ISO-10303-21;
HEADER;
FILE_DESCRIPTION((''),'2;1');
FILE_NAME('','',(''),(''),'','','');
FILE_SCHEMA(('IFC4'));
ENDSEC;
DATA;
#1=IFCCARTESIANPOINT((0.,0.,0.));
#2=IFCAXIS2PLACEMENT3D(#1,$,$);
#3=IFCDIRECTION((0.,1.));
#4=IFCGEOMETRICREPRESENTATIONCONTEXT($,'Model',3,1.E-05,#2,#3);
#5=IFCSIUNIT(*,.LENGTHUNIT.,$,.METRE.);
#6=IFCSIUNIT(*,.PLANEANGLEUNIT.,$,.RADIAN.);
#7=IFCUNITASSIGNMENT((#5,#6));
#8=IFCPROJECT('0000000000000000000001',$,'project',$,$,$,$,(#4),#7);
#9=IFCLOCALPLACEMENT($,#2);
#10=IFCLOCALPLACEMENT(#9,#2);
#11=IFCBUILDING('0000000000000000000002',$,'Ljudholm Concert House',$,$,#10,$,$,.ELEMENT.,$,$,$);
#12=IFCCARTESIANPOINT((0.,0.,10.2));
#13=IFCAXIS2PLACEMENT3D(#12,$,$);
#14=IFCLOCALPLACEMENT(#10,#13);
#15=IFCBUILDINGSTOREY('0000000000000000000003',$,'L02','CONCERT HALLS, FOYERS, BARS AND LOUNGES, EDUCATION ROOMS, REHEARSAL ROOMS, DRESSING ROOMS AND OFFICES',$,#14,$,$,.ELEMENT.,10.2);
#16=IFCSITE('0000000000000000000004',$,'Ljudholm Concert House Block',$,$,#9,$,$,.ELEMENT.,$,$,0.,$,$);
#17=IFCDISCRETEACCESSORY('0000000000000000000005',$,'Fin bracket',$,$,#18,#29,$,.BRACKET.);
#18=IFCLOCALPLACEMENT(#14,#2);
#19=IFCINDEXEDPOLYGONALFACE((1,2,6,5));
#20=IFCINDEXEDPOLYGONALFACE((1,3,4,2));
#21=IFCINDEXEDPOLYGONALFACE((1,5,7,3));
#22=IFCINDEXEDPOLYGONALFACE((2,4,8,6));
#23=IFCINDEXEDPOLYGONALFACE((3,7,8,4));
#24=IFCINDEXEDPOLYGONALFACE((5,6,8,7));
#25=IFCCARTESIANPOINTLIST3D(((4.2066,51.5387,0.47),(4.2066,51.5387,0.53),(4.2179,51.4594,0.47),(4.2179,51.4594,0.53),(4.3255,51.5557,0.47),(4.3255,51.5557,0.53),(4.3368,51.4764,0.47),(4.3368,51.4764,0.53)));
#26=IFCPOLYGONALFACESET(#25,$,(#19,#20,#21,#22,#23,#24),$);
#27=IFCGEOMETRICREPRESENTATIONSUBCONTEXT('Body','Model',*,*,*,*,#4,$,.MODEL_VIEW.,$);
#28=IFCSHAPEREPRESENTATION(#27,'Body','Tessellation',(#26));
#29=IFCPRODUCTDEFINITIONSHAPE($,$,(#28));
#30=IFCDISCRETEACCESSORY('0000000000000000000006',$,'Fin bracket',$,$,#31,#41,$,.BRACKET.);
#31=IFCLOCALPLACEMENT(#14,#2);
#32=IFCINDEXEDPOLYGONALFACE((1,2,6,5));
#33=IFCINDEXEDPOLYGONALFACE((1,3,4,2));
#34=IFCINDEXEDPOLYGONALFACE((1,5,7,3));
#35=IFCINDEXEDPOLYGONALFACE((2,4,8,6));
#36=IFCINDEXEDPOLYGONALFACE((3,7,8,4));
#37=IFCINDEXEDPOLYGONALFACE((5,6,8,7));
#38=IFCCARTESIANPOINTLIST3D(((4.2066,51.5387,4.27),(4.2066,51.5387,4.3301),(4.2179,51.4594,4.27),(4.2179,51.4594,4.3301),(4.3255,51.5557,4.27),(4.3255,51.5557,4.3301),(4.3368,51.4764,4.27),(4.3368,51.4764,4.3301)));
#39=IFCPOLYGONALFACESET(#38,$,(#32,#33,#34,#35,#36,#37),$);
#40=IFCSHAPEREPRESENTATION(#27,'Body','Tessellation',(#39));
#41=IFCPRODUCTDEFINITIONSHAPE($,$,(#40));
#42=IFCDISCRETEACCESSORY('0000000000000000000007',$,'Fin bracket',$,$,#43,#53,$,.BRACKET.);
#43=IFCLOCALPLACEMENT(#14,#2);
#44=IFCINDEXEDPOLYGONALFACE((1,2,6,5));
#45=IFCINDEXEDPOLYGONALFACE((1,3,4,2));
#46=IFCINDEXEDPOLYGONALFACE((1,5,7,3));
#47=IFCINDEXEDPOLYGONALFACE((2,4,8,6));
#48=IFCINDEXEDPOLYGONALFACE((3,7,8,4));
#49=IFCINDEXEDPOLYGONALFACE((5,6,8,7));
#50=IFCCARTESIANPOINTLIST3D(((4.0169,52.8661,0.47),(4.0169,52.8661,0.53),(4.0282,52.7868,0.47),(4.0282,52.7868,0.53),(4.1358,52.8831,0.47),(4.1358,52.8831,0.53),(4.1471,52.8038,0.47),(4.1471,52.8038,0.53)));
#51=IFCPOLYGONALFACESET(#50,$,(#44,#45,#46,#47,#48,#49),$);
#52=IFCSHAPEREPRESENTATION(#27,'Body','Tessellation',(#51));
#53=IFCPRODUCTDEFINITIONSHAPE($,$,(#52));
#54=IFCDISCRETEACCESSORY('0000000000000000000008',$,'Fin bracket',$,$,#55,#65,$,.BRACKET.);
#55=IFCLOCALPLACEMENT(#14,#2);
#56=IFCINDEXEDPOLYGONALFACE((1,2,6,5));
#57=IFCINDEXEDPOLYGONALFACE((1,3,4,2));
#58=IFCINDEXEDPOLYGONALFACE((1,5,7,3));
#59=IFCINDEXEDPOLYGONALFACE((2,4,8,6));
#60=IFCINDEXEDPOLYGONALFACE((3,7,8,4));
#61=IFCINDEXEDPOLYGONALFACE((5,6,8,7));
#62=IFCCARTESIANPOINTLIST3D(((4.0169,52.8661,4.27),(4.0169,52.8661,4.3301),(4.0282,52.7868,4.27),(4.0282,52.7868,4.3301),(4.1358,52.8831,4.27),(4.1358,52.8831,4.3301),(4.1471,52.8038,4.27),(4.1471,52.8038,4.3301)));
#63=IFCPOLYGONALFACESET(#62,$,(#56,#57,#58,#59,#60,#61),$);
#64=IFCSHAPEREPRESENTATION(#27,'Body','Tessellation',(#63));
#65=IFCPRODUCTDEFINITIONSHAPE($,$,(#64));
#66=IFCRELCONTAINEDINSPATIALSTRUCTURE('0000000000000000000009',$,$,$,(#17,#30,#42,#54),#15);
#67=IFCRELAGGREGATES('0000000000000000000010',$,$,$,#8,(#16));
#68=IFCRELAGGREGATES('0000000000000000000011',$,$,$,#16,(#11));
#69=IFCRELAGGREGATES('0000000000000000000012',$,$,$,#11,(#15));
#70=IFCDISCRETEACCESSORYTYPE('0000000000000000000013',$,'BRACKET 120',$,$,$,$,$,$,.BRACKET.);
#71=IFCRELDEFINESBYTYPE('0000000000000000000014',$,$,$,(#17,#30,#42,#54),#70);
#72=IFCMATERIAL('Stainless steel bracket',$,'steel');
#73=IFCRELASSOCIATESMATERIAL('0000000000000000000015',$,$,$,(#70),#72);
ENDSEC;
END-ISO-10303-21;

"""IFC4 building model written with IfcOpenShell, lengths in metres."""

from ifc_helpers import new_model, si_unit, direction, frame, origin, origin_2d, place, context, subcontext, project, spatial, rectangle, extrude, material, type_object, element, save


model = new_model("IFC4")

# Units and contexts
model_context = context("Model", 3, precision=1e-05, world=origin(), true_north=direction((0.0, 1.0)))
body_context = subcontext(model_context, "Body", "Model", "MODEL_VIEW")
ifc_project = project(units=[si_unit("LENGTHUNIT", "METRE"), si_unit("PLANEANGLEUNIT", "RADIAN")], contexts=[model_context])

# Site, building, storey
site_placement = place(None, origin())
site = spatial("IfcSite", under=ifc_project, at=site_placement, Name="Ljudholm Concert House Block", CompositionType="ELEMENT", RefElevation=0.0)
building_placement = place(site_placement, origin())
building = spatial("IfcBuilding", under=site, at=building_placement, Name="Ljudholm Concert House", CompositionType="ELEMENT")
storey_placement = place(building_placement, frame((0.0, 0.0, 10.2)))
storey = spatial("IfcBuildingStorey", under=building, at=storey_placement, Name="L02", Description="CONCERT HALLS, FOYERS, BARS AND LOUNGES, EDUCATION ROOMS, REHEARSAL ROOMS, DRESSING ROOMS AND OFFICES", CompositionType="ELEMENT", Elevation=10.2)

# Discrete accessories
ifc_material_1 = material(Name="Stainless steel bracket", Category="steel")
discrete_accessory_type = type_object("IfcDiscreteAccessoryType", Name="BRACKET 120", PredefinedType="BRACKET", material=ifc_material_1)
for number, where, z_axis, x_axis, name in (
    (1, (4.2717, 51.5076, 0.47), (0.0, 0.0, 1.0), (-0.989949, -0.141421, 0.0), "Fin bracket"),
    (2, (4.2717, 51.5076, 4.27), (0.0, 0.0, 1.0), (-0.989949, -0.141421, 0.0), "Fin bracket"),
    (3, (4.082, 52.835, 0.47), (0.0, 0.0, 1.0), (-0.989949, -0.141421, 0.0), "Fin bracket"),
    (4, (4.082, 52.835, 4.27), (0.0, 0.0, 1.0), (-0.989949, -0.141421, 0.0), "Fin bracket"),
):
    element("IfcDiscreteAccessory", number, at=place(storey_placement, frame(where, z_axis=z_axis, x_axis=x_axis)), inside=storey, type_object=discrete_accessory_type, Name=name, PredefinedType="BRACKET", context=body_context, shape_type="SweptSolid", body=[
        extrude(rectangle(XDim=0.1201, YDim=0.0801, at=origin_2d()), origin(), (0.0, 0.0, 1.0), 0.0601),
    ])

save(model, "model.ifc")
